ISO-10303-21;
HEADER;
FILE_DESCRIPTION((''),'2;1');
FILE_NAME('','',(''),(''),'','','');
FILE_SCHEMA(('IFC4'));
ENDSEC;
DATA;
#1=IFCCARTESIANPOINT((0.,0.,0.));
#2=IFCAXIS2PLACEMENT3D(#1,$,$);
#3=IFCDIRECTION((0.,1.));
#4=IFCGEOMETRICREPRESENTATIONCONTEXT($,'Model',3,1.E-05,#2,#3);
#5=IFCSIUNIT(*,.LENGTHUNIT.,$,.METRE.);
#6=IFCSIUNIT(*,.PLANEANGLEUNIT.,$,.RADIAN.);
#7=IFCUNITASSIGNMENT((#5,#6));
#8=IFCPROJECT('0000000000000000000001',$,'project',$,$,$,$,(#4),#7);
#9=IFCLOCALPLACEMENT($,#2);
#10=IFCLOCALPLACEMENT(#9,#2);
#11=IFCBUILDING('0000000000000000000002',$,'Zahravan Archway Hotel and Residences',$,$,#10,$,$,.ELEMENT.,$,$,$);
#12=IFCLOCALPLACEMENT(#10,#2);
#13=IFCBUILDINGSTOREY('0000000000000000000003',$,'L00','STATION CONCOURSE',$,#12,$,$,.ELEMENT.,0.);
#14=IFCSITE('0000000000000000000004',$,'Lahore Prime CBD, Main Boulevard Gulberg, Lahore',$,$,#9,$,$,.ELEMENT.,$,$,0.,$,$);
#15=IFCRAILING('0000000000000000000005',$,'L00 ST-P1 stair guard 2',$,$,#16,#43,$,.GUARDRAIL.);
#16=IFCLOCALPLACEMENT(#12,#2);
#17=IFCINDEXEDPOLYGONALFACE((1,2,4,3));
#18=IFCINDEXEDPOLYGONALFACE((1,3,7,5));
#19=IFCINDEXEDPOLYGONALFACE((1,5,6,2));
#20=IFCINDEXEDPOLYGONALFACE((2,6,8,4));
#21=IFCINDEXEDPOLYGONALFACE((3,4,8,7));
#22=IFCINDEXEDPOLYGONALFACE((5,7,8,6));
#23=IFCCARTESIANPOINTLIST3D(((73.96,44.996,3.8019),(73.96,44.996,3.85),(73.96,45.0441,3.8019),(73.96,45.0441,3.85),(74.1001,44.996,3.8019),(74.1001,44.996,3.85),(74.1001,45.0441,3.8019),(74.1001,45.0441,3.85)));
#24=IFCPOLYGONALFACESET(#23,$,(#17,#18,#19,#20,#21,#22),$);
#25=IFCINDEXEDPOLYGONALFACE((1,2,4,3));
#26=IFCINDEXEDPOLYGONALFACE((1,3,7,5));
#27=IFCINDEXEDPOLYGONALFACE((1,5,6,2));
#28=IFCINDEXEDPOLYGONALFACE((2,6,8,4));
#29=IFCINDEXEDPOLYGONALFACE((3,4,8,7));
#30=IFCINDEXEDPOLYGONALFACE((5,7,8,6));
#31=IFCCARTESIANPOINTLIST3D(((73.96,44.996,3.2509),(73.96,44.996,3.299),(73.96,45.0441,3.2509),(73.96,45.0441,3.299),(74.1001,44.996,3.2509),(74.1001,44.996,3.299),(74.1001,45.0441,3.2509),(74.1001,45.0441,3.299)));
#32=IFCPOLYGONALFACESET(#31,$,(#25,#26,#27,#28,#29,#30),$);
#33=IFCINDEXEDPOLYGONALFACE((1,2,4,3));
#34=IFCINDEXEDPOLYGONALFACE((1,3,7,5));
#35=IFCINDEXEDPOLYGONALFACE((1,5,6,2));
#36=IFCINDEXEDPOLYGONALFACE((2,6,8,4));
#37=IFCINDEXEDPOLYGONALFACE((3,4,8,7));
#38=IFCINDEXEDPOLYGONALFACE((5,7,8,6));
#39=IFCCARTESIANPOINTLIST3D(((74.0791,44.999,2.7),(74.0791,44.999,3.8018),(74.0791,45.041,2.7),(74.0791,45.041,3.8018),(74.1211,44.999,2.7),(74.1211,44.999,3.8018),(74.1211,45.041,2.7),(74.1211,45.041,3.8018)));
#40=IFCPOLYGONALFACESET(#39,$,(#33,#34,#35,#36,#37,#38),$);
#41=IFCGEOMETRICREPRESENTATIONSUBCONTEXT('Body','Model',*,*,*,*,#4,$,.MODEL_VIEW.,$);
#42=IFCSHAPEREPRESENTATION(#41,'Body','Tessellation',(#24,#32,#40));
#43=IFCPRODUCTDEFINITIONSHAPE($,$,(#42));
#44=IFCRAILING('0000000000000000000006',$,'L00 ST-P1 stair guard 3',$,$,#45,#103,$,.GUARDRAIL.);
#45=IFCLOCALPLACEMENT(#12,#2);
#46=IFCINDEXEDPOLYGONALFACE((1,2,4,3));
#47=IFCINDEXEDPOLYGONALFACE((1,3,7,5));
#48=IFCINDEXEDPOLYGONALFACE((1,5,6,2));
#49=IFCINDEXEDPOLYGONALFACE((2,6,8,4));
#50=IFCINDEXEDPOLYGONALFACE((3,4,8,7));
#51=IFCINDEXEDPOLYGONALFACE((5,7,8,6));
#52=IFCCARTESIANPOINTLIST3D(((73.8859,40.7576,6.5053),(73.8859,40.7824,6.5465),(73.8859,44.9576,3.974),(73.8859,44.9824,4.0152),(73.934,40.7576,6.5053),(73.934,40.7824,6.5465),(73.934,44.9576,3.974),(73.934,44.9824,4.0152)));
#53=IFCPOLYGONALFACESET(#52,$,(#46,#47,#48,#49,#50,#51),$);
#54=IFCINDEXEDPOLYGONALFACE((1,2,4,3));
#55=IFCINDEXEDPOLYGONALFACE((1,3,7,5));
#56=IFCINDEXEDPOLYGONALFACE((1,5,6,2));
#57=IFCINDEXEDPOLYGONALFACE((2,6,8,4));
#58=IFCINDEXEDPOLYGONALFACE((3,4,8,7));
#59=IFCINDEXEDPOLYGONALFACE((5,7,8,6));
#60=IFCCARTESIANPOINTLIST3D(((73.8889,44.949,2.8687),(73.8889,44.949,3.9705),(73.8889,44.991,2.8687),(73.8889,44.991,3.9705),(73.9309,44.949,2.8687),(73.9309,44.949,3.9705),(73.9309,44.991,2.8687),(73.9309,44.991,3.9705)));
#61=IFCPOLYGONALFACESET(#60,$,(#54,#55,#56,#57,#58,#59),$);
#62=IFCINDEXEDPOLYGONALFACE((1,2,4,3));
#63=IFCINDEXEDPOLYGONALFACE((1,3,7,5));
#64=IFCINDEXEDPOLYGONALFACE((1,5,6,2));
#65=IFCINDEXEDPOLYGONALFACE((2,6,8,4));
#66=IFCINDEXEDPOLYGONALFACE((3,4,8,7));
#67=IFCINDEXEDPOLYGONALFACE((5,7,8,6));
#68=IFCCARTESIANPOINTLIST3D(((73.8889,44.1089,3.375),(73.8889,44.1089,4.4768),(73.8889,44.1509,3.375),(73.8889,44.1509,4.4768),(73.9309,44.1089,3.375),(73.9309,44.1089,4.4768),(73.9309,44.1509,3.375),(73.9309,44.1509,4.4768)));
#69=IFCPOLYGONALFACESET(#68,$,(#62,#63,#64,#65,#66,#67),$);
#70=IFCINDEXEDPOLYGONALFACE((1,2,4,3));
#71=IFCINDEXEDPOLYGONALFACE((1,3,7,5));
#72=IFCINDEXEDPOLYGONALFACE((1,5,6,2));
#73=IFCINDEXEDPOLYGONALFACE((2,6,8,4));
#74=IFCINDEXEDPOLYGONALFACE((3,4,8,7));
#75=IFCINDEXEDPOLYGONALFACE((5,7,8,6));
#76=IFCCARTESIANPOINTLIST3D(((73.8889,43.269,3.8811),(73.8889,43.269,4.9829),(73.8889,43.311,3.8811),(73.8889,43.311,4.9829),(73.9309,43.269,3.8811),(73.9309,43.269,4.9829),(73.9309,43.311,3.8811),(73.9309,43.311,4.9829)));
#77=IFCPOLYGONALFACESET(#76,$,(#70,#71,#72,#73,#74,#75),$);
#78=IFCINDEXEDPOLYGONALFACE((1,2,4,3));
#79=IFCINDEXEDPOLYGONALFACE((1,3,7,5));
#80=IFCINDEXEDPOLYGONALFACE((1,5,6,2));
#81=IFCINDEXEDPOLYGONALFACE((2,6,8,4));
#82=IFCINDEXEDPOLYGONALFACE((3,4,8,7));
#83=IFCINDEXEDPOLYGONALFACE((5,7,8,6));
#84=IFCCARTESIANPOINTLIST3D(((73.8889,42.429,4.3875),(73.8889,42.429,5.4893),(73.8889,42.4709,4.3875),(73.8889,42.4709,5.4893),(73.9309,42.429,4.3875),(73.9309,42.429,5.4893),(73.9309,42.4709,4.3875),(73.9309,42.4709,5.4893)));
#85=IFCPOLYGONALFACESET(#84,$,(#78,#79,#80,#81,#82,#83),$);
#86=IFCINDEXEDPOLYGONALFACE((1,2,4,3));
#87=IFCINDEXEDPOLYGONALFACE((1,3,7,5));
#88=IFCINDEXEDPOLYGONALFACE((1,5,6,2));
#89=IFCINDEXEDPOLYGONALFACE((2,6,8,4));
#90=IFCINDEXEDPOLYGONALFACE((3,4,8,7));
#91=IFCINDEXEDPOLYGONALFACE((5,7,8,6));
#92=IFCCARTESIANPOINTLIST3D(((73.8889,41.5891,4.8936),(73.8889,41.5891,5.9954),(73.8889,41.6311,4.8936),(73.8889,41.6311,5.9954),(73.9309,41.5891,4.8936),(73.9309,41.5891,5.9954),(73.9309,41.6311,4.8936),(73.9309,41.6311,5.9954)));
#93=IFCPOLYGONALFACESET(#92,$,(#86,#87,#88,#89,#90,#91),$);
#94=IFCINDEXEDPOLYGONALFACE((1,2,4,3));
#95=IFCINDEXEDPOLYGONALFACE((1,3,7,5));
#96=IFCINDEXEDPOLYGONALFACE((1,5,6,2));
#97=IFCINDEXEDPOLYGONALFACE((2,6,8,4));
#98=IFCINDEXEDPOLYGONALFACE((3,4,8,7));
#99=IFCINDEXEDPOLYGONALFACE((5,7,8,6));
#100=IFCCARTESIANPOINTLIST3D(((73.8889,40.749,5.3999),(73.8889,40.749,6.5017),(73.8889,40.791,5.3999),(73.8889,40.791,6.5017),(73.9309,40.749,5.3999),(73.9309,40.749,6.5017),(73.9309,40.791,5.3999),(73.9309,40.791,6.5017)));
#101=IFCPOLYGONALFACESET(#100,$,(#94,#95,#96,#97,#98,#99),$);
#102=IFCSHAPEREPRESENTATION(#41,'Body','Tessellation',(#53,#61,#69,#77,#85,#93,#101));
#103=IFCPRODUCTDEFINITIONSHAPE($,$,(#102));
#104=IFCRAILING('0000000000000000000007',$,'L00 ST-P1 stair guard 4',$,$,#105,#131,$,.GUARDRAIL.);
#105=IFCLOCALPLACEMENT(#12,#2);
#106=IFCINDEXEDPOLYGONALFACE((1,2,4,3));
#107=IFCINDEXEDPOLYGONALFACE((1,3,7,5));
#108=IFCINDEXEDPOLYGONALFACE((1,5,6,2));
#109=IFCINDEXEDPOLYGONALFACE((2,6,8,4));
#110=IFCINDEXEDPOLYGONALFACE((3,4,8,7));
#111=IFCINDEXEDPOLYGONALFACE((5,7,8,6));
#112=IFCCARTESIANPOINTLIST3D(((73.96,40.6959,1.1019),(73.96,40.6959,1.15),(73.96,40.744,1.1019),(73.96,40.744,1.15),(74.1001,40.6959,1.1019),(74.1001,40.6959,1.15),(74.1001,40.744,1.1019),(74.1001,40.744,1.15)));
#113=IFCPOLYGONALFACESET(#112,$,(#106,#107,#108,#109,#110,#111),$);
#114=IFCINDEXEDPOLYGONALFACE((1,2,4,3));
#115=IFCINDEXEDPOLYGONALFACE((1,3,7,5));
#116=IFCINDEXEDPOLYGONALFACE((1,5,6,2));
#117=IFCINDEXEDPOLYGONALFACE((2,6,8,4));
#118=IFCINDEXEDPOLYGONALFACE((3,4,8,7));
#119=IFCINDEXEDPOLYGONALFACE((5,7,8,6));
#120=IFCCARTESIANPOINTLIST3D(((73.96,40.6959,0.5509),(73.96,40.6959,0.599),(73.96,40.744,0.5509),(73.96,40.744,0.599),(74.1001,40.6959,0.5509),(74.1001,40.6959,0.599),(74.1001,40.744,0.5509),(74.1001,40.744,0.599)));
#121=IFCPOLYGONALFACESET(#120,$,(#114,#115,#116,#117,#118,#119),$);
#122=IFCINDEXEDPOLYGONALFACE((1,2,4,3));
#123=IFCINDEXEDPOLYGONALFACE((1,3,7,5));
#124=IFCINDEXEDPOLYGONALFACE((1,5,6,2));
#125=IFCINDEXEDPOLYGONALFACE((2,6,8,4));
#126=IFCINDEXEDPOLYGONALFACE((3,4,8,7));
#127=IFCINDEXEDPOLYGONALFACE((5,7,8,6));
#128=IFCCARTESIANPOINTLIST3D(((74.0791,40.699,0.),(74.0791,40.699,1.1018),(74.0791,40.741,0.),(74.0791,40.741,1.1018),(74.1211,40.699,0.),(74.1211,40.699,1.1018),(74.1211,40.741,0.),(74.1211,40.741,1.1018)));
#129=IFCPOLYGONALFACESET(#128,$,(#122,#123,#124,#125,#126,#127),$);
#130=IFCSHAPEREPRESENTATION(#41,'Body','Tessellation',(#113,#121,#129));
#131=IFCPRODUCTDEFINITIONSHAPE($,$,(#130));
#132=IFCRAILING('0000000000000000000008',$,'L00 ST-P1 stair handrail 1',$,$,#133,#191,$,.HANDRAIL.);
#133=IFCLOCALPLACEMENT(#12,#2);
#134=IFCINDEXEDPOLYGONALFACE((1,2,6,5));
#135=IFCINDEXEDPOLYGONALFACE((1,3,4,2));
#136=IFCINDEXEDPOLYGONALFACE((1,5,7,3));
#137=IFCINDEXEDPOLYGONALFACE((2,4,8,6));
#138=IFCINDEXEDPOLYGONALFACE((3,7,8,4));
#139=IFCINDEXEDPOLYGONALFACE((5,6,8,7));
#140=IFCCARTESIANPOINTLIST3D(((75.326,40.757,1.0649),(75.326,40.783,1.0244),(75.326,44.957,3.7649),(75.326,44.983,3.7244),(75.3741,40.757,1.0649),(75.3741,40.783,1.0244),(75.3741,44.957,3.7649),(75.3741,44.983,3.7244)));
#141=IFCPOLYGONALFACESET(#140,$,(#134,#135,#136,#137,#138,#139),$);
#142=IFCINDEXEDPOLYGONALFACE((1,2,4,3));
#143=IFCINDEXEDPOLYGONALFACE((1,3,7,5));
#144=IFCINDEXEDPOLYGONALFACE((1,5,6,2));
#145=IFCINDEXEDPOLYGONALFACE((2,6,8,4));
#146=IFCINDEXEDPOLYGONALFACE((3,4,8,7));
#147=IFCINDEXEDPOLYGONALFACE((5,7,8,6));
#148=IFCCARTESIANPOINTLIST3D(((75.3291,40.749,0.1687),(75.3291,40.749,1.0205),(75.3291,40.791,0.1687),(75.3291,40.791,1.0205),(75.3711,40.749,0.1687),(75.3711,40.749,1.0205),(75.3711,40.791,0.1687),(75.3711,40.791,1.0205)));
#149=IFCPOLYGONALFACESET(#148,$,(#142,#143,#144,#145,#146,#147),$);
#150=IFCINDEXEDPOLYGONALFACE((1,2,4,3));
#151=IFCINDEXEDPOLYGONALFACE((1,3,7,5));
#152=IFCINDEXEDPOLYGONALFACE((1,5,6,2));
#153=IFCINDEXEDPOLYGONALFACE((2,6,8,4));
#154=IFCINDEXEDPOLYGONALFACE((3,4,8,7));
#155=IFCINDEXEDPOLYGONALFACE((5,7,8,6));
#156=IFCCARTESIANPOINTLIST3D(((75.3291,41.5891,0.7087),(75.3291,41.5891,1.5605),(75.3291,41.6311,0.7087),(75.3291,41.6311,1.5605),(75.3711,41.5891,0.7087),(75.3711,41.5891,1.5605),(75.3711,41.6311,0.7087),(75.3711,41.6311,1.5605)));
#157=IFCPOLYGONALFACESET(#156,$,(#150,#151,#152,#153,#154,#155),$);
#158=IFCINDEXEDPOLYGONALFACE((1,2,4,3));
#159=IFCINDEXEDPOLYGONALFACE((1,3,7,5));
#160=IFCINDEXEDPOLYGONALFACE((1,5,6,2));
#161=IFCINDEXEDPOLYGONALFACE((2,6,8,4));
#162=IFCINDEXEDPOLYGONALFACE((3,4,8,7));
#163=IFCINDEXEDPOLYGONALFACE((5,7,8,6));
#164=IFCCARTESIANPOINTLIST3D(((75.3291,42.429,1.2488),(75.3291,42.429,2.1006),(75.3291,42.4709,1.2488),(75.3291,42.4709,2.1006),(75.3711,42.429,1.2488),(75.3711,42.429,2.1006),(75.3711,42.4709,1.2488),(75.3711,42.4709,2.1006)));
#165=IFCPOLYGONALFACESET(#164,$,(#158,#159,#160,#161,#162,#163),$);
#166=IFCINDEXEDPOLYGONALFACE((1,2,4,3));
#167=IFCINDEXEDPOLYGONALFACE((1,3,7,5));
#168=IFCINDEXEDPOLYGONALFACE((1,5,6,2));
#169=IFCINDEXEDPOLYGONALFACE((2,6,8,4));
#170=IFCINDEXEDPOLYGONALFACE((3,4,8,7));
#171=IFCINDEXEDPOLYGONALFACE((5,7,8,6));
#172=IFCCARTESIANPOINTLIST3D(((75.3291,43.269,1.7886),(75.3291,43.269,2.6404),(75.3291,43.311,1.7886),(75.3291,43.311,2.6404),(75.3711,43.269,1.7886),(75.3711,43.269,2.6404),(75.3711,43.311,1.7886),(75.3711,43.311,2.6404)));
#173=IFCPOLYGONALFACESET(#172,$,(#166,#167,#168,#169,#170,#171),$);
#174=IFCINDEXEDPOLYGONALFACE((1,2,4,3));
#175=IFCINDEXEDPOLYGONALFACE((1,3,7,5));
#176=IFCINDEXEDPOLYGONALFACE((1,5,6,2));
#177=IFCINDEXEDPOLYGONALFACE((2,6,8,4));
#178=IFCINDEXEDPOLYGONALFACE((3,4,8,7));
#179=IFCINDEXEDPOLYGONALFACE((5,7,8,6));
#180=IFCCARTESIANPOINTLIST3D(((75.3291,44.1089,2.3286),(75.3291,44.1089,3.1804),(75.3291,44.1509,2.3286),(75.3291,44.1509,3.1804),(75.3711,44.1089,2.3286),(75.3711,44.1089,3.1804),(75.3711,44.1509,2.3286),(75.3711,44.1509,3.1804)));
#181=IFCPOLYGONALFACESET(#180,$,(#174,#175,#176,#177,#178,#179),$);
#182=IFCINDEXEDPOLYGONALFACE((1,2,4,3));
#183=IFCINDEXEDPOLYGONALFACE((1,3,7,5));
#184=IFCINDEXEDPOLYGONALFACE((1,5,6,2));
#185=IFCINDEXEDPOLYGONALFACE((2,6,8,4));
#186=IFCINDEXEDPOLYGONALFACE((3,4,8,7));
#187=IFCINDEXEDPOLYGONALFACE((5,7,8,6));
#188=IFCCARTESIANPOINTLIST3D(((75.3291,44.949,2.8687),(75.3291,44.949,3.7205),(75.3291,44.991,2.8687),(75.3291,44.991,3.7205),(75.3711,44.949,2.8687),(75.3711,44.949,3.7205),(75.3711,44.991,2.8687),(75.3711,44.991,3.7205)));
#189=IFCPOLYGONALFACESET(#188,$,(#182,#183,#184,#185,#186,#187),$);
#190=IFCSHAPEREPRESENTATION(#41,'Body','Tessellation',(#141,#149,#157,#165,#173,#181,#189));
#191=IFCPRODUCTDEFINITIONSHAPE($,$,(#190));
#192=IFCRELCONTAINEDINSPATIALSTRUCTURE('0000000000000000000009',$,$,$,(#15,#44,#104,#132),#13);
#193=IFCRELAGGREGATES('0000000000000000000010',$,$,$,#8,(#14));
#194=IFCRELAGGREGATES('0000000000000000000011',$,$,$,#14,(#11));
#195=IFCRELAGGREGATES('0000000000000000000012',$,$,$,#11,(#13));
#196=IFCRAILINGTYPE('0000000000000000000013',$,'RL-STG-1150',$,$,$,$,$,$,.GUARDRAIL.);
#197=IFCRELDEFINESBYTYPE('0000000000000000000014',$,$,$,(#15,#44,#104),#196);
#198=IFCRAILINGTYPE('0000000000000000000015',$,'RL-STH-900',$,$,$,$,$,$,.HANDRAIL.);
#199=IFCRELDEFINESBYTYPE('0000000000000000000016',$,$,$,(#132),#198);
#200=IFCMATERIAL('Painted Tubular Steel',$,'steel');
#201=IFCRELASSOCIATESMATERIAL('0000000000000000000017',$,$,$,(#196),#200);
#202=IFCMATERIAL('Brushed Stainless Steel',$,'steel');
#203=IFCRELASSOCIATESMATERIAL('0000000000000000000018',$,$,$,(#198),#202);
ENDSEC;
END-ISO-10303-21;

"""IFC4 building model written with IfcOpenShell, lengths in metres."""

from ifc_helpers import new_model, si_unit, direction, frame, origin, origin_2d, place, context, subcontext, project, spatial, rectangle, extrude, material, type_object, element, save


model = new_model("IFC4")

# Units and contexts
model_context = context("Model", 3, precision=1e-05, world=origin(), true_north=direction((0.0, 1.0)))
body_context = subcontext(model_context, "Body", "Model", "MODEL_VIEW")
ifc_project = project(units=[si_unit("LENGTHUNIT", "METRE"), si_unit("PLANEANGLEUNIT", "RADIAN")], contexts=[model_context])

# Site, building, storey
site_placement = place(None, origin())
site = spatial("IfcSite", under=ifc_project, at=site_placement, Name="Lahore Prime CBD, Main Boulevard Gulberg, Lahore", CompositionType="ELEMENT", RefElevation=0.0)
building_placement = place(site_placement, origin())
building = spatial("IfcBuilding", under=site, at=building_placement, Name="Zahravan Archway Hotel and Residences", CompositionType="ELEMENT")
storey_placement = place(building_placement, origin())
storey = spatial("IfcBuildingStorey", under=building, at=storey_placement, Name="L00", Description="STATION CONCOURSE", CompositionType="ELEMENT", Elevation=0.0)

# Railings
ifc_material_1 = material(Name="Painted Tubular Steel", Category="steel")
railing_type_1 = type_object("IfcRailingType", Name="RL-STG-1150", PredefinedType="GUARDRAIL", material=ifc_material_1)
railing_1_placement = place(storey_placement, frame((74.1001, 45.02, 2.7)))
element("IfcRailing", 1, at=railing_1_placement, inside=storey, type_object=railing_type_1, Name="L00 ST-P1 stair guard 2", PredefinedType="GUARDRAIL", context=body_context, shape_type="SweptSolid", body=[
    extrude(rectangle(XDim=0.0481, YDim=0.0481, at=origin_2d()), frame((0.0, 0.0, 1.126), z_axis=(-1.0, 0.0, 0.0), x_axis=(0.0, -1.0, 0.0)), (0.0, 0.0, 1.0), 0.1401),
    extrude(rectangle(XDim=0.0481, YDim=0.0481, at=origin_2d()), frame((0.0, 0.0, 0.575), z_axis=(-1.0, 0.0, 0.0), x_axis=(0.0, -1.0, 0.0)), (0.0, 0.0, 1.0), 0.1401),
    extrude(rectangle(XDim=0.042, YDim=0.042, at=origin_2d()), origin(), (0.0, 0.0, 1.0), 1.1018),
])
railing_2_placement = place(storey_placement, frame((73.9099, 44.97, 2.8687)))
element("IfcRailing", 2, at=railing_2_placement, inside=storey, type_object=railing_type_1, Name="L00 ST-P1 stair guard 3", PredefinedType="GUARDRAIL", context=body_context, shape_type="SweptSolid", body=[
    extrude(rectangle(XDim=0.0481, YDim=0.0481, at=origin_2d()), frame((0.0, 0.0, 1.126), z_axis=(0.0, -0.856476, 0.516186), x_axis=(1.0, 0.0, 0.0)), (0.0, 0.0, 1.0), 4.9038),
    extrude(rectangle(XDim=0.042, YDim=0.042, at=origin_2d()), origin(), (0.0, 0.0, 1.0), 1.1018),
    extrude(rectangle(XDim=0.042, YDim=0.042, at=origin_2d()), frame((0.0, -0.8401, 0.5063)), (0.0, 0.0, 1.0), 1.1018),
    extrude(rectangle(XDim=0.042, YDim=0.042, at=origin_2d()), frame((0.0, -1.6799, 1.0125)), (0.0, 0.0, 1.0), 1.1018),
    extrude(rectangle(XDim=0.042, YDim=0.042, at=origin_2d()), frame((0.0, -2.52, 1.5188)), (0.0, 0.0, 1.0), 1.1018),
    extrude(rectangle(XDim=0.042, YDim=0.042, at=origin_2d()), frame((0.0, -3.3599, 2.0249)), (0.0, 0.0, 1.0), 1.1018),
    extrude(rectangle(XDim=0.042, YDim=0.042, at=origin_2d()), frame((0.0, -4.2, 2.5312)), (0.0, 0.0, 1.0), 1.1018),
])
railing_3_placement = place(storey_placement, frame((74.1001, 40.72, 0.0)))
element("IfcRailing", 3, at=railing_3_placement, inside=storey, type_object=railing_type_1, Name="L00 ST-P1 stair guard 4", PredefinedType="GUARDRAIL", context=body_context, shape_type="SweptSolid", body=[
    extrude(rectangle(XDim=0.0481, YDim=0.0481, at=origin_2d()), frame((0.0, 0.0, 1.126), z_axis=(-1.0, 0.0, 0.0), x_axis=(0.0, -1.0, 0.0)), (0.0, 0.0, 1.0), 0.1401),
    extrude(rectangle(XDim=0.0481, YDim=0.0481, at=origin_2d()), frame((0.0, 0.0, 0.575), z_axis=(-1.0, 0.0, 0.0), x_axis=(0.0, -1.0, 0.0)), (0.0, 0.0, 1.0), 0.1401),
    extrude(rectangle(XDim=0.042, YDim=0.042, at=origin_2d()), origin(), (0.0, 0.0, 1.0), 1.1018),
])
ifc_material_2 = material(Name="Brushed Stainless Steel", Category="steel")
railing_type_2 = type_object("IfcRailingType", Name="RL-STH-900", PredefinedType="HANDRAIL", material=ifc_material_2)
railing_4_placement = place(storey_placement, frame((75.3501, 40.77, 0.1687)))
element("IfcRailing", 4, at=railing_4_placement, inside=storey, type_object=railing_type_2, Name="L00 ST-P1 stair handrail 1", PredefinedType="HANDRAIL", context=body_context, shape_type="SweptSolid", body=[
    extrude(rectangle(XDim=0.0481, YDim=0.0481, at=origin_2d()), frame((0.0, 0.0, 0.876), z_axis=(0.0, 0.84118, 0.540755), x_axis=(-1.0, 0.0, 0.0)), (0.0, 0.0, 1.0), 4.9929),
    extrude(rectangle(XDim=0.042, YDim=0.042, at=origin_2d()), origin(), (0.0, 0.0, 1.0), 0.8518),
    extrude(rectangle(XDim=0.042, YDim=0.042, at=origin_2d()), frame((0.0, 0.8401, 0.54)), (0.0, 0.0, 1.0), 0.8518),
    extrude(rectangle(XDim=0.042, YDim=0.042, at=origin_2d()), frame((0.0, 1.6799, 1.0801)), (0.0, 0.0, 1.0), 0.8518),
    extrude(rectangle(XDim=0.042, YDim=0.042, at=origin_2d()), frame((0.0, 2.52, 1.6199)), (0.0, 0.0, 1.0), 0.8518),
    extrude(rectangle(XDim=0.042, YDim=0.042, at=origin_2d()), frame((0.0, 3.3599, 2.1599)), (0.0, 0.0, 1.0), 0.8518),
    extrude(rectangle(XDim=0.042, YDim=0.042, at=origin_2d()), frame((0.0, 4.2, 2.7)), (0.0, 0.0, 1.0), 0.8518),
])

save(model, "model.ifc")
